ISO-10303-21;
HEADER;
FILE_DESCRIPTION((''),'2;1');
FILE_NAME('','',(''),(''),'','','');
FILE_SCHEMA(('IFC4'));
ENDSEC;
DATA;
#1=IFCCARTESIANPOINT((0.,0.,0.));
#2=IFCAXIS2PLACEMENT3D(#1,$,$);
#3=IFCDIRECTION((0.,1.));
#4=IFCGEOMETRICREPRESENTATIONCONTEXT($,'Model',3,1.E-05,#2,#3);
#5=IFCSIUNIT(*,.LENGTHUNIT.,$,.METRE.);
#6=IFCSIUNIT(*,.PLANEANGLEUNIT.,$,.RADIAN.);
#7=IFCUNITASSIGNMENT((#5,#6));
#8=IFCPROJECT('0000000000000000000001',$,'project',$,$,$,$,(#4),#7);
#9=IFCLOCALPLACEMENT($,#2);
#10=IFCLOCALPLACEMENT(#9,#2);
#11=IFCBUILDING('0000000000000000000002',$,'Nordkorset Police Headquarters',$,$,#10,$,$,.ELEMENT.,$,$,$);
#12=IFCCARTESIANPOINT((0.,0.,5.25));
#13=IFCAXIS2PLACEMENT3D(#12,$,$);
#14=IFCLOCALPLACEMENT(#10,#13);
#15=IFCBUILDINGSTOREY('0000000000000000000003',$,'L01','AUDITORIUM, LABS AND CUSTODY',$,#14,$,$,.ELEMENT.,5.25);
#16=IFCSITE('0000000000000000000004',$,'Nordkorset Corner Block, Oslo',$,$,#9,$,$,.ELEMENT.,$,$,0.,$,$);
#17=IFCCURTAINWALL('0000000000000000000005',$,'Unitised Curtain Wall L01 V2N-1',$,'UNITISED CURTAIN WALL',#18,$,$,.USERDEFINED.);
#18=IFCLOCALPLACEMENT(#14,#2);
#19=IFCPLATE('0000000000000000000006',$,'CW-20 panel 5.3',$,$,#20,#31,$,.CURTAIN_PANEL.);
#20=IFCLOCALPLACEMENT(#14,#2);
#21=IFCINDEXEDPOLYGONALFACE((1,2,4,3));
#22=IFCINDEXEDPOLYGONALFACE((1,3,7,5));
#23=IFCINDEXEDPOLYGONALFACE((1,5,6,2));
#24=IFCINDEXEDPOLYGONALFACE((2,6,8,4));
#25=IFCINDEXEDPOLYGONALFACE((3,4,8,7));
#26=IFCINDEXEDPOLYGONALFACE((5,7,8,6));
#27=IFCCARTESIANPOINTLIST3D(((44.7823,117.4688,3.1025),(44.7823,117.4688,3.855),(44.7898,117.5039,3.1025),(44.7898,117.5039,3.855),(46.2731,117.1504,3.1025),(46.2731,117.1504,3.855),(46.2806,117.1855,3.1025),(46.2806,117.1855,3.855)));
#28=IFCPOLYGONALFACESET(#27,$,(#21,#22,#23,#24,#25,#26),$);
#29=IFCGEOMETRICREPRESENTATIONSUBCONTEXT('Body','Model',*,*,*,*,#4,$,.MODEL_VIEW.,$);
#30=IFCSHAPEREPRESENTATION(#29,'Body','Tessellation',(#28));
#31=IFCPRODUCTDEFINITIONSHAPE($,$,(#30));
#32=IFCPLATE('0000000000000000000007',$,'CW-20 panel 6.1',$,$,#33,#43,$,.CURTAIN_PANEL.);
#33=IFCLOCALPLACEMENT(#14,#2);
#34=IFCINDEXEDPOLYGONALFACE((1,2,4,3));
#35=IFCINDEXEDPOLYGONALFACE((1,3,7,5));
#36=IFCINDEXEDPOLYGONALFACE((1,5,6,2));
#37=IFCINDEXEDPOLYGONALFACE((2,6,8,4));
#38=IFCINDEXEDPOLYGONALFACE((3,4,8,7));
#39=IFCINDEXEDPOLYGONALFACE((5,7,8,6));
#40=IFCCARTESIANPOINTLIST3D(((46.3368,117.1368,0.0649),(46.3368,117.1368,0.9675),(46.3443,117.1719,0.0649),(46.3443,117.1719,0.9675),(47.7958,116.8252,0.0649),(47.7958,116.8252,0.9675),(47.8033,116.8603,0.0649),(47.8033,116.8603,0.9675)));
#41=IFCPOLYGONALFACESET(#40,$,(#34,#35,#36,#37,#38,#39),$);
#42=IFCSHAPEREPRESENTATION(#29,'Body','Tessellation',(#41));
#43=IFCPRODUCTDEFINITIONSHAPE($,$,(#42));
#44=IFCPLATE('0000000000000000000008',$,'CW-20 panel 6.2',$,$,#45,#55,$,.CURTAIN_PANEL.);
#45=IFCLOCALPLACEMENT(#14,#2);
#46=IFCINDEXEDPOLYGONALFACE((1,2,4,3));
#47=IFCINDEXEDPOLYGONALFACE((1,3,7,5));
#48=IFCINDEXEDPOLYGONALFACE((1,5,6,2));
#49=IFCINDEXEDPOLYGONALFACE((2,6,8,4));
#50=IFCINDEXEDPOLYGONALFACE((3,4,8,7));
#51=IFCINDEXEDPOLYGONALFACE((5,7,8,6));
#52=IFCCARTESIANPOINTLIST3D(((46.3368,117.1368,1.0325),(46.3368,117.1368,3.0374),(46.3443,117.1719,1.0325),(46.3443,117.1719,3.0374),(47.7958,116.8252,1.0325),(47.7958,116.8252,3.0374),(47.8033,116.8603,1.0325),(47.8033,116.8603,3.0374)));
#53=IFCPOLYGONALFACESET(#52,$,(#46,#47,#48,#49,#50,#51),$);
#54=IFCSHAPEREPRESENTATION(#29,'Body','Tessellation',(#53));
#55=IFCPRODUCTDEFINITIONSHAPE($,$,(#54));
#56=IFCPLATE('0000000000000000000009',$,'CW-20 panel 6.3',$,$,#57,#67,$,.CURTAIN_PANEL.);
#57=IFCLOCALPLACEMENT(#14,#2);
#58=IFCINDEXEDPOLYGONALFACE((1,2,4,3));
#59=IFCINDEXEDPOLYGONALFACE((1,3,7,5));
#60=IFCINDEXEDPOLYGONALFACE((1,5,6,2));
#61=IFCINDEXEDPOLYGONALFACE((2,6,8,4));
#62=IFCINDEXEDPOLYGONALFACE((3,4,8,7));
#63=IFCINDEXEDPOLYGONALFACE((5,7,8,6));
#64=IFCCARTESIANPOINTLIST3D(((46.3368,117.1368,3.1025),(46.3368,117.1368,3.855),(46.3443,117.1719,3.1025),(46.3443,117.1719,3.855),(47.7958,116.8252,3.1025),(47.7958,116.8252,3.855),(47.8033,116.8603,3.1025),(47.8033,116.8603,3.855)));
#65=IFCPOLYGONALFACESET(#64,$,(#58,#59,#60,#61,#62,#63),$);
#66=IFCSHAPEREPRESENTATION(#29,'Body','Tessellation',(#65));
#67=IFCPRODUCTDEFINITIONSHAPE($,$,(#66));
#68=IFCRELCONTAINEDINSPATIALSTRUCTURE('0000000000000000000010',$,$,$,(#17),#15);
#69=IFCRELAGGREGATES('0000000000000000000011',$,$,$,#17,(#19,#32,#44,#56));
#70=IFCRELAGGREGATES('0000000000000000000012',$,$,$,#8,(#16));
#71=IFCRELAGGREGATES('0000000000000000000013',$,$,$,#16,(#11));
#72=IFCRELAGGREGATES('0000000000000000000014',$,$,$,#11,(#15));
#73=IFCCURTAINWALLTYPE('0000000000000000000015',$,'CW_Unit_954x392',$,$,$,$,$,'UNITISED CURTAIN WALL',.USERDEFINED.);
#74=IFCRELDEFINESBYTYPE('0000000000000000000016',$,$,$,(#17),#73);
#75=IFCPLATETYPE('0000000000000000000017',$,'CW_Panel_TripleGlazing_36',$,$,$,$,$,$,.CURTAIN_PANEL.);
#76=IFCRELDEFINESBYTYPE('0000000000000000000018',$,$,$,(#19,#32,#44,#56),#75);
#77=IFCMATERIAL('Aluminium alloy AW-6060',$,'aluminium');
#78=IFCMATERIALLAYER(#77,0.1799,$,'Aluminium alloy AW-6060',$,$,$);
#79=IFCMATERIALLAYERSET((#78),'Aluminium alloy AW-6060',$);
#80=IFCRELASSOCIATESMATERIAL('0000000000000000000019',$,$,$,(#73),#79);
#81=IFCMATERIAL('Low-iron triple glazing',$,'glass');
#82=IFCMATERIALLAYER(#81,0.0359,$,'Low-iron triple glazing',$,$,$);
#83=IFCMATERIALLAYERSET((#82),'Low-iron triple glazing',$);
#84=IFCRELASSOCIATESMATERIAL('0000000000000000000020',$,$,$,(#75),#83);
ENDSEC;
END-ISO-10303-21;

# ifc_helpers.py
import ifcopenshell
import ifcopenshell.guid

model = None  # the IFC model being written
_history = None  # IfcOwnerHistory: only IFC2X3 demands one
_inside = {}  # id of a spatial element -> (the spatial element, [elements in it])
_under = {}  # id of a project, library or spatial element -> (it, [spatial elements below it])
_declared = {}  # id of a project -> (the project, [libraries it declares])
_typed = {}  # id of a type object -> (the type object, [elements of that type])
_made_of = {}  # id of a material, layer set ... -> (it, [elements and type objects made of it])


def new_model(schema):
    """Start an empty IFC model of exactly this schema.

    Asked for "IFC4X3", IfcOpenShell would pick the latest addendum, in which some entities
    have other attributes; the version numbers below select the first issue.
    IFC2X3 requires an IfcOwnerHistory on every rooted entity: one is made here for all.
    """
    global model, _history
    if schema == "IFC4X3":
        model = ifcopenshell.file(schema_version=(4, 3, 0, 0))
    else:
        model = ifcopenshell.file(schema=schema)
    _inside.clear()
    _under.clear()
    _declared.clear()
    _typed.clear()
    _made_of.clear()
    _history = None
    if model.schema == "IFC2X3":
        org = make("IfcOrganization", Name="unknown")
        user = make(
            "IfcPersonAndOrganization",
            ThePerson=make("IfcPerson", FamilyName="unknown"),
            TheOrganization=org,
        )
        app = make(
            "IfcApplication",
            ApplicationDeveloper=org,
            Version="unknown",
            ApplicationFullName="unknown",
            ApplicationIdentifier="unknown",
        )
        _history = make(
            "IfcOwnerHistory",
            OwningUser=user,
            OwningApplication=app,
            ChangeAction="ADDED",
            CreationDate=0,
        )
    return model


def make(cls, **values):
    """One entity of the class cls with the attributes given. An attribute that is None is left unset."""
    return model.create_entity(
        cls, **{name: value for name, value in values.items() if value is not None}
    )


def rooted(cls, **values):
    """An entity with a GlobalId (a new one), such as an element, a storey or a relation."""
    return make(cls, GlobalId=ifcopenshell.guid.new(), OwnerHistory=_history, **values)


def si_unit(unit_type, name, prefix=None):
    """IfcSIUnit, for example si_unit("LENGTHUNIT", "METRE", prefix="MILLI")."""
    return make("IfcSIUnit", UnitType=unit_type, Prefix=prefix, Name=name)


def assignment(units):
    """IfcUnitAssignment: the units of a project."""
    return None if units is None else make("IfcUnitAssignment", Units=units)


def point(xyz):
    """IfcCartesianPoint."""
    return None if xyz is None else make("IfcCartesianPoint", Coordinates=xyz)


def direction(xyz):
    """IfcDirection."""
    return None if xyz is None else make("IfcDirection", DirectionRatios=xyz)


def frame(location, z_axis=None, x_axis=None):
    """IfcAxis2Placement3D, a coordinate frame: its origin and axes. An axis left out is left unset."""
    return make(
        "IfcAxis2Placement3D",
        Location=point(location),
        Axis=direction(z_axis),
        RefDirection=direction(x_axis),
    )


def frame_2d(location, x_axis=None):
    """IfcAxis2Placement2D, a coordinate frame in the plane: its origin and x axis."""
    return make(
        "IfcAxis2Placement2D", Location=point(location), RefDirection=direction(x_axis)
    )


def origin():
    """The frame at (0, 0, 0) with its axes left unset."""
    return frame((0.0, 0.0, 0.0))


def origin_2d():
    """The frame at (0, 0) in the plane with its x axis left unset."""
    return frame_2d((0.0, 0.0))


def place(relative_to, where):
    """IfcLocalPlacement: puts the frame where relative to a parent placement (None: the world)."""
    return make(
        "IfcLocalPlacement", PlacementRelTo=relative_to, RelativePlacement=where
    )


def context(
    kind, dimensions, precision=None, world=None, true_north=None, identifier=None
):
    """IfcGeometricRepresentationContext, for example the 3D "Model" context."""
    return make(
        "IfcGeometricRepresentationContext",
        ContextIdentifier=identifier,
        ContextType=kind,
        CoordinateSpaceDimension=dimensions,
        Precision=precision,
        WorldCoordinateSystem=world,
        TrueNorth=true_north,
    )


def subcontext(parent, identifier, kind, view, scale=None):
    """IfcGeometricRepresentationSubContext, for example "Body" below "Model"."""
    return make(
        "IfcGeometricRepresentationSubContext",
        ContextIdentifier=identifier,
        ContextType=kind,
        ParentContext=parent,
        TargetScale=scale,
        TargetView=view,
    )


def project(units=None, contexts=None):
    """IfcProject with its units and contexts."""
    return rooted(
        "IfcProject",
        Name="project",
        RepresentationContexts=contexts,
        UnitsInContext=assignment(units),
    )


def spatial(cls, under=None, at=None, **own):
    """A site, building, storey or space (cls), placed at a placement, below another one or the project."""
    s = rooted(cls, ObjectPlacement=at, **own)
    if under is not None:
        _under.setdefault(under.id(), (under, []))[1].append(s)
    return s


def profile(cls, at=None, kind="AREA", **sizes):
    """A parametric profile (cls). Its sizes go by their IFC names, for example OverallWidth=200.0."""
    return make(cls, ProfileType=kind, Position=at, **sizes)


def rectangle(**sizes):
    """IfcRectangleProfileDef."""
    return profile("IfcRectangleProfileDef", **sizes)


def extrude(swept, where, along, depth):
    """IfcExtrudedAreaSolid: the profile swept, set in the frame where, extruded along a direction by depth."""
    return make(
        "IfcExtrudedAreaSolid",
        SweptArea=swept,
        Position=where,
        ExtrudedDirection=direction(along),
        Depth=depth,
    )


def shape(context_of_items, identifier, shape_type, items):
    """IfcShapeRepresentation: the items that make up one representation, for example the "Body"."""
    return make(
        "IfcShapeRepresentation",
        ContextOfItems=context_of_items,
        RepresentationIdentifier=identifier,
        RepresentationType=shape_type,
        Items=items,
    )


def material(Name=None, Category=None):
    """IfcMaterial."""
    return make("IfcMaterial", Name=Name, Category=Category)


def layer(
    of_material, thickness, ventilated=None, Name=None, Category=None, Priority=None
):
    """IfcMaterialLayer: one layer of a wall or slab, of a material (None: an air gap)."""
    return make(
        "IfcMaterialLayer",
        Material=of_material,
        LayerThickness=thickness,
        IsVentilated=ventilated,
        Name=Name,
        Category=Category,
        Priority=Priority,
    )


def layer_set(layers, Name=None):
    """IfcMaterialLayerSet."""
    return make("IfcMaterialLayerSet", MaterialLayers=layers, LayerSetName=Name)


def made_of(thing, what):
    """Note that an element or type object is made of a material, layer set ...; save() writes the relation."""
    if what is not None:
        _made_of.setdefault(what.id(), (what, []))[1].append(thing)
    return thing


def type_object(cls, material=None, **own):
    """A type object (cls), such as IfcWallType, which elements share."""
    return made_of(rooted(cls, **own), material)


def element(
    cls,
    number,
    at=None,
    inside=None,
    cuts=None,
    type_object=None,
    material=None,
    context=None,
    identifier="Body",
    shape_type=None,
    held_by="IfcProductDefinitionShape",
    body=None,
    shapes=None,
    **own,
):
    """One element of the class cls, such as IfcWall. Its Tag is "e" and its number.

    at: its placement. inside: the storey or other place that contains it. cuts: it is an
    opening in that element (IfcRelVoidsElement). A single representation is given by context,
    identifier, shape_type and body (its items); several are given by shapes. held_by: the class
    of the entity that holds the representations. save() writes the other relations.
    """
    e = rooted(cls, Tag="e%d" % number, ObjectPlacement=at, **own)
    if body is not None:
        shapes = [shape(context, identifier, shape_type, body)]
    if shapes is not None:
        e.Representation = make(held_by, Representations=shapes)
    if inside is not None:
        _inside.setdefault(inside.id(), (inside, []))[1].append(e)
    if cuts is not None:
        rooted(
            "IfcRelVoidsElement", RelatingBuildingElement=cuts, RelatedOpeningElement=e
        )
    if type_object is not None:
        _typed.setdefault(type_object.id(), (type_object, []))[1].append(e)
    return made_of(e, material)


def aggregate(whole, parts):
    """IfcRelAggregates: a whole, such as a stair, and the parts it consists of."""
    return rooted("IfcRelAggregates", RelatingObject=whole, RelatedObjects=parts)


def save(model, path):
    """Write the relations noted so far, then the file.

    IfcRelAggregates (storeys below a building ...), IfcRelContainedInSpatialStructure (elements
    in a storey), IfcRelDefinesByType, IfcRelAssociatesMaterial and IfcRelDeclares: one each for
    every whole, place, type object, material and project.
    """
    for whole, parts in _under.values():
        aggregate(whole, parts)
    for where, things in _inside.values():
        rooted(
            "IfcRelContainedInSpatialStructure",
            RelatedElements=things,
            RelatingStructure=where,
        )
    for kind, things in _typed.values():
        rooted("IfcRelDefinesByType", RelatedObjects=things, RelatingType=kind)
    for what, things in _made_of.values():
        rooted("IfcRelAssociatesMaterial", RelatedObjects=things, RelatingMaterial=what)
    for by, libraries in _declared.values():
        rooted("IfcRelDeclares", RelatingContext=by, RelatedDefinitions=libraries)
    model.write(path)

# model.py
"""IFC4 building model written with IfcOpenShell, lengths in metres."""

from ifc_helpers import new_model, si_unit, direction, frame, origin, origin_2d, place, context, subcontext, project, spatial, rectangle, extrude, material, layer, layer_set, type_object, element, aggregate, save


model = new_model("IFC4")

# Units and contexts
model_context = context("Model", 3, precision=1e-05, world=origin(), true_north=direction((0.0, 1.0)))
body_context = subcontext(model_context, "Body", "Model", "MODEL_VIEW")
ifc_project = project(units=[si_unit("LENGTHUNIT", "METRE"), si_unit("PLANEANGLEUNIT", "RADIAN")], contexts=[model_context])

# Site, building, storey
site_placement = place(None, origin())
site = spatial("IfcSite", under=ifc_project, at=site_placement, Name="Nordkorset Corner Block, Oslo", CompositionType="ELEMENT", RefElevation=0.0)
building_placement = place(site_placement, origin())
building = spatial("IfcBuilding", under=site, at=building_placement, Name="Nordkorset Police Headquarters", CompositionType="ELEMENT")
storey_placement = place(building_placement, frame((0.0, 0.0, 5.25)))
storey = spatial("IfcBuildingStorey", under=building, at=storey_placement, Name="L01", Description="AUDITORIUM, LABS AND CUSTODY", CompositionType="ELEMENT", Elevation=5.25)

# Curtain wall
ifc_material_1 = material(Name="Aluminium alloy AW-6060", Category="aluminium")
ifc_layer_1 = layer(ifc_material_1, 0.1799, Name="Aluminium alloy AW-6060")
ifc_layer_set_1 = layer_set([ifc_layer_1], Name="Aluminium alloy AW-6060")
curtain_wall_type_1 = type_object("IfcCurtainWallType", Name="CW_Unit_954x392", ElementType="UNITISED CURTAIN WALL", PredefinedType="USERDEFINED", material=ifc_layer_set_1)
curtain_wall_1_placement = place(storey_placement, origin())
curtain_wall_1 = element("IfcCurtainWall", 1, at=curtain_wall_1_placement, inside=storey, type_object=curtain_wall_type_1, Name="Unitised Curtain Wall L01 V2N-1", ObjectType="UNITISED CURTAIN WALL", PredefinedType="USERDEFINED")

# Plates
ifc_material_2 = material(Name="Low-iron triple glazing", Category="glass")
ifc_layer_2 = layer(ifc_material_2, 0.0359, Name="Low-iron triple glazing")
ifc_layer_set_2 = layer_set([ifc_layer_2], Name="Low-iron triple glazing")
plate_type = type_object("IfcPlateType", Name="CW_Panel_TripleGlazing_36", PredefinedType="CURTAIN_PANEL", material=ifc_layer_set_2)
plate_1_placement = place(storey_placement, frame((45.5315, 117.3271, 3.1025), z_axis=(0.0, 0.0, 1.0), x_axis=(0.977951, -0.208833, 0.0)))
plate_1 = element("IfcPlate", 2, at=plate_1_placement, type_object=plate_type, Name="CW-20 panel 5.3", PredefinedType="CURTAIN_PANEL", context=body_context, shape_type="SweptSolid", body=[
    extrude(rectangle(XDim=1.5244, YDim=0.0359, at=origin_2d()), origin(), (0.0, 0.0, 1.0), 0.7524),
])
plate_2_placement = place(storey_placement, frame((47.0701, 116.9985, 0.0649), z_axis=(0.0, 0.0, 1.0), x_axis=(0.977951, -0.208833, 0.0)))
plate_2 = element("IfcPlate", 3, at=plate_2_placement, type_object=plate_type, Name="CW-20 panel 6.1", PredefinedType="CURTAIN_PANEL", context=body_context, shape_type="SweptSolid", body=[
    extrude(rectangle(XDim=1.4919, YDim=0.0359, at=origin_2d()), origin(), (0.0, 0.0, 1.0), 0.9026),
])
plate_3_placement = place(storey_placement, frame((47.0701, 116.9985, 1.0325), z_axis=(0.0, 0.0, 1.0), x_axis=(0.977951, -0.208833, 0.0)))
plate_3 = element("IfcPlate", 4, at=plate_3_placement, type_object=plate_type, Name="CW-20 panel 6.2", PredefinedType="CURTAIN_PANEL", context=body_context, shape_type="SweptSolid", body=[
    extrude(rectangle(XDim=1.4919, YDim=0.0359, at=origin_2d()), origin(), (0.0, 0.0, 1.0), 2.0049),
])
plate_4_placement = place(storey_placement, frame((47.0701, 116.9985, 3.1025), z_axis=(0.0, 0.0, 1.0), x_axis=(0.977951, -0.208833, 0.0)))
plate_4 = element("IfcPlate", 5, at=plate_4_placement, type_object=plate_type, Name="CW-20 panel 6.3", PredefinedType="CURTAIN_PANEL", context=body_context, shape_type="SweptSolid", body=[
    extrude(rectangle(XDim=1.4919, YDim=0.0359, at=origin_2d()), origin(), (0.0, 0.0, 1.0), 0.7524),
])
aggregate(curtain_wall_1, [plate_1, plate_2, plate_3, plate_4])

save(model, "model.ifc")
